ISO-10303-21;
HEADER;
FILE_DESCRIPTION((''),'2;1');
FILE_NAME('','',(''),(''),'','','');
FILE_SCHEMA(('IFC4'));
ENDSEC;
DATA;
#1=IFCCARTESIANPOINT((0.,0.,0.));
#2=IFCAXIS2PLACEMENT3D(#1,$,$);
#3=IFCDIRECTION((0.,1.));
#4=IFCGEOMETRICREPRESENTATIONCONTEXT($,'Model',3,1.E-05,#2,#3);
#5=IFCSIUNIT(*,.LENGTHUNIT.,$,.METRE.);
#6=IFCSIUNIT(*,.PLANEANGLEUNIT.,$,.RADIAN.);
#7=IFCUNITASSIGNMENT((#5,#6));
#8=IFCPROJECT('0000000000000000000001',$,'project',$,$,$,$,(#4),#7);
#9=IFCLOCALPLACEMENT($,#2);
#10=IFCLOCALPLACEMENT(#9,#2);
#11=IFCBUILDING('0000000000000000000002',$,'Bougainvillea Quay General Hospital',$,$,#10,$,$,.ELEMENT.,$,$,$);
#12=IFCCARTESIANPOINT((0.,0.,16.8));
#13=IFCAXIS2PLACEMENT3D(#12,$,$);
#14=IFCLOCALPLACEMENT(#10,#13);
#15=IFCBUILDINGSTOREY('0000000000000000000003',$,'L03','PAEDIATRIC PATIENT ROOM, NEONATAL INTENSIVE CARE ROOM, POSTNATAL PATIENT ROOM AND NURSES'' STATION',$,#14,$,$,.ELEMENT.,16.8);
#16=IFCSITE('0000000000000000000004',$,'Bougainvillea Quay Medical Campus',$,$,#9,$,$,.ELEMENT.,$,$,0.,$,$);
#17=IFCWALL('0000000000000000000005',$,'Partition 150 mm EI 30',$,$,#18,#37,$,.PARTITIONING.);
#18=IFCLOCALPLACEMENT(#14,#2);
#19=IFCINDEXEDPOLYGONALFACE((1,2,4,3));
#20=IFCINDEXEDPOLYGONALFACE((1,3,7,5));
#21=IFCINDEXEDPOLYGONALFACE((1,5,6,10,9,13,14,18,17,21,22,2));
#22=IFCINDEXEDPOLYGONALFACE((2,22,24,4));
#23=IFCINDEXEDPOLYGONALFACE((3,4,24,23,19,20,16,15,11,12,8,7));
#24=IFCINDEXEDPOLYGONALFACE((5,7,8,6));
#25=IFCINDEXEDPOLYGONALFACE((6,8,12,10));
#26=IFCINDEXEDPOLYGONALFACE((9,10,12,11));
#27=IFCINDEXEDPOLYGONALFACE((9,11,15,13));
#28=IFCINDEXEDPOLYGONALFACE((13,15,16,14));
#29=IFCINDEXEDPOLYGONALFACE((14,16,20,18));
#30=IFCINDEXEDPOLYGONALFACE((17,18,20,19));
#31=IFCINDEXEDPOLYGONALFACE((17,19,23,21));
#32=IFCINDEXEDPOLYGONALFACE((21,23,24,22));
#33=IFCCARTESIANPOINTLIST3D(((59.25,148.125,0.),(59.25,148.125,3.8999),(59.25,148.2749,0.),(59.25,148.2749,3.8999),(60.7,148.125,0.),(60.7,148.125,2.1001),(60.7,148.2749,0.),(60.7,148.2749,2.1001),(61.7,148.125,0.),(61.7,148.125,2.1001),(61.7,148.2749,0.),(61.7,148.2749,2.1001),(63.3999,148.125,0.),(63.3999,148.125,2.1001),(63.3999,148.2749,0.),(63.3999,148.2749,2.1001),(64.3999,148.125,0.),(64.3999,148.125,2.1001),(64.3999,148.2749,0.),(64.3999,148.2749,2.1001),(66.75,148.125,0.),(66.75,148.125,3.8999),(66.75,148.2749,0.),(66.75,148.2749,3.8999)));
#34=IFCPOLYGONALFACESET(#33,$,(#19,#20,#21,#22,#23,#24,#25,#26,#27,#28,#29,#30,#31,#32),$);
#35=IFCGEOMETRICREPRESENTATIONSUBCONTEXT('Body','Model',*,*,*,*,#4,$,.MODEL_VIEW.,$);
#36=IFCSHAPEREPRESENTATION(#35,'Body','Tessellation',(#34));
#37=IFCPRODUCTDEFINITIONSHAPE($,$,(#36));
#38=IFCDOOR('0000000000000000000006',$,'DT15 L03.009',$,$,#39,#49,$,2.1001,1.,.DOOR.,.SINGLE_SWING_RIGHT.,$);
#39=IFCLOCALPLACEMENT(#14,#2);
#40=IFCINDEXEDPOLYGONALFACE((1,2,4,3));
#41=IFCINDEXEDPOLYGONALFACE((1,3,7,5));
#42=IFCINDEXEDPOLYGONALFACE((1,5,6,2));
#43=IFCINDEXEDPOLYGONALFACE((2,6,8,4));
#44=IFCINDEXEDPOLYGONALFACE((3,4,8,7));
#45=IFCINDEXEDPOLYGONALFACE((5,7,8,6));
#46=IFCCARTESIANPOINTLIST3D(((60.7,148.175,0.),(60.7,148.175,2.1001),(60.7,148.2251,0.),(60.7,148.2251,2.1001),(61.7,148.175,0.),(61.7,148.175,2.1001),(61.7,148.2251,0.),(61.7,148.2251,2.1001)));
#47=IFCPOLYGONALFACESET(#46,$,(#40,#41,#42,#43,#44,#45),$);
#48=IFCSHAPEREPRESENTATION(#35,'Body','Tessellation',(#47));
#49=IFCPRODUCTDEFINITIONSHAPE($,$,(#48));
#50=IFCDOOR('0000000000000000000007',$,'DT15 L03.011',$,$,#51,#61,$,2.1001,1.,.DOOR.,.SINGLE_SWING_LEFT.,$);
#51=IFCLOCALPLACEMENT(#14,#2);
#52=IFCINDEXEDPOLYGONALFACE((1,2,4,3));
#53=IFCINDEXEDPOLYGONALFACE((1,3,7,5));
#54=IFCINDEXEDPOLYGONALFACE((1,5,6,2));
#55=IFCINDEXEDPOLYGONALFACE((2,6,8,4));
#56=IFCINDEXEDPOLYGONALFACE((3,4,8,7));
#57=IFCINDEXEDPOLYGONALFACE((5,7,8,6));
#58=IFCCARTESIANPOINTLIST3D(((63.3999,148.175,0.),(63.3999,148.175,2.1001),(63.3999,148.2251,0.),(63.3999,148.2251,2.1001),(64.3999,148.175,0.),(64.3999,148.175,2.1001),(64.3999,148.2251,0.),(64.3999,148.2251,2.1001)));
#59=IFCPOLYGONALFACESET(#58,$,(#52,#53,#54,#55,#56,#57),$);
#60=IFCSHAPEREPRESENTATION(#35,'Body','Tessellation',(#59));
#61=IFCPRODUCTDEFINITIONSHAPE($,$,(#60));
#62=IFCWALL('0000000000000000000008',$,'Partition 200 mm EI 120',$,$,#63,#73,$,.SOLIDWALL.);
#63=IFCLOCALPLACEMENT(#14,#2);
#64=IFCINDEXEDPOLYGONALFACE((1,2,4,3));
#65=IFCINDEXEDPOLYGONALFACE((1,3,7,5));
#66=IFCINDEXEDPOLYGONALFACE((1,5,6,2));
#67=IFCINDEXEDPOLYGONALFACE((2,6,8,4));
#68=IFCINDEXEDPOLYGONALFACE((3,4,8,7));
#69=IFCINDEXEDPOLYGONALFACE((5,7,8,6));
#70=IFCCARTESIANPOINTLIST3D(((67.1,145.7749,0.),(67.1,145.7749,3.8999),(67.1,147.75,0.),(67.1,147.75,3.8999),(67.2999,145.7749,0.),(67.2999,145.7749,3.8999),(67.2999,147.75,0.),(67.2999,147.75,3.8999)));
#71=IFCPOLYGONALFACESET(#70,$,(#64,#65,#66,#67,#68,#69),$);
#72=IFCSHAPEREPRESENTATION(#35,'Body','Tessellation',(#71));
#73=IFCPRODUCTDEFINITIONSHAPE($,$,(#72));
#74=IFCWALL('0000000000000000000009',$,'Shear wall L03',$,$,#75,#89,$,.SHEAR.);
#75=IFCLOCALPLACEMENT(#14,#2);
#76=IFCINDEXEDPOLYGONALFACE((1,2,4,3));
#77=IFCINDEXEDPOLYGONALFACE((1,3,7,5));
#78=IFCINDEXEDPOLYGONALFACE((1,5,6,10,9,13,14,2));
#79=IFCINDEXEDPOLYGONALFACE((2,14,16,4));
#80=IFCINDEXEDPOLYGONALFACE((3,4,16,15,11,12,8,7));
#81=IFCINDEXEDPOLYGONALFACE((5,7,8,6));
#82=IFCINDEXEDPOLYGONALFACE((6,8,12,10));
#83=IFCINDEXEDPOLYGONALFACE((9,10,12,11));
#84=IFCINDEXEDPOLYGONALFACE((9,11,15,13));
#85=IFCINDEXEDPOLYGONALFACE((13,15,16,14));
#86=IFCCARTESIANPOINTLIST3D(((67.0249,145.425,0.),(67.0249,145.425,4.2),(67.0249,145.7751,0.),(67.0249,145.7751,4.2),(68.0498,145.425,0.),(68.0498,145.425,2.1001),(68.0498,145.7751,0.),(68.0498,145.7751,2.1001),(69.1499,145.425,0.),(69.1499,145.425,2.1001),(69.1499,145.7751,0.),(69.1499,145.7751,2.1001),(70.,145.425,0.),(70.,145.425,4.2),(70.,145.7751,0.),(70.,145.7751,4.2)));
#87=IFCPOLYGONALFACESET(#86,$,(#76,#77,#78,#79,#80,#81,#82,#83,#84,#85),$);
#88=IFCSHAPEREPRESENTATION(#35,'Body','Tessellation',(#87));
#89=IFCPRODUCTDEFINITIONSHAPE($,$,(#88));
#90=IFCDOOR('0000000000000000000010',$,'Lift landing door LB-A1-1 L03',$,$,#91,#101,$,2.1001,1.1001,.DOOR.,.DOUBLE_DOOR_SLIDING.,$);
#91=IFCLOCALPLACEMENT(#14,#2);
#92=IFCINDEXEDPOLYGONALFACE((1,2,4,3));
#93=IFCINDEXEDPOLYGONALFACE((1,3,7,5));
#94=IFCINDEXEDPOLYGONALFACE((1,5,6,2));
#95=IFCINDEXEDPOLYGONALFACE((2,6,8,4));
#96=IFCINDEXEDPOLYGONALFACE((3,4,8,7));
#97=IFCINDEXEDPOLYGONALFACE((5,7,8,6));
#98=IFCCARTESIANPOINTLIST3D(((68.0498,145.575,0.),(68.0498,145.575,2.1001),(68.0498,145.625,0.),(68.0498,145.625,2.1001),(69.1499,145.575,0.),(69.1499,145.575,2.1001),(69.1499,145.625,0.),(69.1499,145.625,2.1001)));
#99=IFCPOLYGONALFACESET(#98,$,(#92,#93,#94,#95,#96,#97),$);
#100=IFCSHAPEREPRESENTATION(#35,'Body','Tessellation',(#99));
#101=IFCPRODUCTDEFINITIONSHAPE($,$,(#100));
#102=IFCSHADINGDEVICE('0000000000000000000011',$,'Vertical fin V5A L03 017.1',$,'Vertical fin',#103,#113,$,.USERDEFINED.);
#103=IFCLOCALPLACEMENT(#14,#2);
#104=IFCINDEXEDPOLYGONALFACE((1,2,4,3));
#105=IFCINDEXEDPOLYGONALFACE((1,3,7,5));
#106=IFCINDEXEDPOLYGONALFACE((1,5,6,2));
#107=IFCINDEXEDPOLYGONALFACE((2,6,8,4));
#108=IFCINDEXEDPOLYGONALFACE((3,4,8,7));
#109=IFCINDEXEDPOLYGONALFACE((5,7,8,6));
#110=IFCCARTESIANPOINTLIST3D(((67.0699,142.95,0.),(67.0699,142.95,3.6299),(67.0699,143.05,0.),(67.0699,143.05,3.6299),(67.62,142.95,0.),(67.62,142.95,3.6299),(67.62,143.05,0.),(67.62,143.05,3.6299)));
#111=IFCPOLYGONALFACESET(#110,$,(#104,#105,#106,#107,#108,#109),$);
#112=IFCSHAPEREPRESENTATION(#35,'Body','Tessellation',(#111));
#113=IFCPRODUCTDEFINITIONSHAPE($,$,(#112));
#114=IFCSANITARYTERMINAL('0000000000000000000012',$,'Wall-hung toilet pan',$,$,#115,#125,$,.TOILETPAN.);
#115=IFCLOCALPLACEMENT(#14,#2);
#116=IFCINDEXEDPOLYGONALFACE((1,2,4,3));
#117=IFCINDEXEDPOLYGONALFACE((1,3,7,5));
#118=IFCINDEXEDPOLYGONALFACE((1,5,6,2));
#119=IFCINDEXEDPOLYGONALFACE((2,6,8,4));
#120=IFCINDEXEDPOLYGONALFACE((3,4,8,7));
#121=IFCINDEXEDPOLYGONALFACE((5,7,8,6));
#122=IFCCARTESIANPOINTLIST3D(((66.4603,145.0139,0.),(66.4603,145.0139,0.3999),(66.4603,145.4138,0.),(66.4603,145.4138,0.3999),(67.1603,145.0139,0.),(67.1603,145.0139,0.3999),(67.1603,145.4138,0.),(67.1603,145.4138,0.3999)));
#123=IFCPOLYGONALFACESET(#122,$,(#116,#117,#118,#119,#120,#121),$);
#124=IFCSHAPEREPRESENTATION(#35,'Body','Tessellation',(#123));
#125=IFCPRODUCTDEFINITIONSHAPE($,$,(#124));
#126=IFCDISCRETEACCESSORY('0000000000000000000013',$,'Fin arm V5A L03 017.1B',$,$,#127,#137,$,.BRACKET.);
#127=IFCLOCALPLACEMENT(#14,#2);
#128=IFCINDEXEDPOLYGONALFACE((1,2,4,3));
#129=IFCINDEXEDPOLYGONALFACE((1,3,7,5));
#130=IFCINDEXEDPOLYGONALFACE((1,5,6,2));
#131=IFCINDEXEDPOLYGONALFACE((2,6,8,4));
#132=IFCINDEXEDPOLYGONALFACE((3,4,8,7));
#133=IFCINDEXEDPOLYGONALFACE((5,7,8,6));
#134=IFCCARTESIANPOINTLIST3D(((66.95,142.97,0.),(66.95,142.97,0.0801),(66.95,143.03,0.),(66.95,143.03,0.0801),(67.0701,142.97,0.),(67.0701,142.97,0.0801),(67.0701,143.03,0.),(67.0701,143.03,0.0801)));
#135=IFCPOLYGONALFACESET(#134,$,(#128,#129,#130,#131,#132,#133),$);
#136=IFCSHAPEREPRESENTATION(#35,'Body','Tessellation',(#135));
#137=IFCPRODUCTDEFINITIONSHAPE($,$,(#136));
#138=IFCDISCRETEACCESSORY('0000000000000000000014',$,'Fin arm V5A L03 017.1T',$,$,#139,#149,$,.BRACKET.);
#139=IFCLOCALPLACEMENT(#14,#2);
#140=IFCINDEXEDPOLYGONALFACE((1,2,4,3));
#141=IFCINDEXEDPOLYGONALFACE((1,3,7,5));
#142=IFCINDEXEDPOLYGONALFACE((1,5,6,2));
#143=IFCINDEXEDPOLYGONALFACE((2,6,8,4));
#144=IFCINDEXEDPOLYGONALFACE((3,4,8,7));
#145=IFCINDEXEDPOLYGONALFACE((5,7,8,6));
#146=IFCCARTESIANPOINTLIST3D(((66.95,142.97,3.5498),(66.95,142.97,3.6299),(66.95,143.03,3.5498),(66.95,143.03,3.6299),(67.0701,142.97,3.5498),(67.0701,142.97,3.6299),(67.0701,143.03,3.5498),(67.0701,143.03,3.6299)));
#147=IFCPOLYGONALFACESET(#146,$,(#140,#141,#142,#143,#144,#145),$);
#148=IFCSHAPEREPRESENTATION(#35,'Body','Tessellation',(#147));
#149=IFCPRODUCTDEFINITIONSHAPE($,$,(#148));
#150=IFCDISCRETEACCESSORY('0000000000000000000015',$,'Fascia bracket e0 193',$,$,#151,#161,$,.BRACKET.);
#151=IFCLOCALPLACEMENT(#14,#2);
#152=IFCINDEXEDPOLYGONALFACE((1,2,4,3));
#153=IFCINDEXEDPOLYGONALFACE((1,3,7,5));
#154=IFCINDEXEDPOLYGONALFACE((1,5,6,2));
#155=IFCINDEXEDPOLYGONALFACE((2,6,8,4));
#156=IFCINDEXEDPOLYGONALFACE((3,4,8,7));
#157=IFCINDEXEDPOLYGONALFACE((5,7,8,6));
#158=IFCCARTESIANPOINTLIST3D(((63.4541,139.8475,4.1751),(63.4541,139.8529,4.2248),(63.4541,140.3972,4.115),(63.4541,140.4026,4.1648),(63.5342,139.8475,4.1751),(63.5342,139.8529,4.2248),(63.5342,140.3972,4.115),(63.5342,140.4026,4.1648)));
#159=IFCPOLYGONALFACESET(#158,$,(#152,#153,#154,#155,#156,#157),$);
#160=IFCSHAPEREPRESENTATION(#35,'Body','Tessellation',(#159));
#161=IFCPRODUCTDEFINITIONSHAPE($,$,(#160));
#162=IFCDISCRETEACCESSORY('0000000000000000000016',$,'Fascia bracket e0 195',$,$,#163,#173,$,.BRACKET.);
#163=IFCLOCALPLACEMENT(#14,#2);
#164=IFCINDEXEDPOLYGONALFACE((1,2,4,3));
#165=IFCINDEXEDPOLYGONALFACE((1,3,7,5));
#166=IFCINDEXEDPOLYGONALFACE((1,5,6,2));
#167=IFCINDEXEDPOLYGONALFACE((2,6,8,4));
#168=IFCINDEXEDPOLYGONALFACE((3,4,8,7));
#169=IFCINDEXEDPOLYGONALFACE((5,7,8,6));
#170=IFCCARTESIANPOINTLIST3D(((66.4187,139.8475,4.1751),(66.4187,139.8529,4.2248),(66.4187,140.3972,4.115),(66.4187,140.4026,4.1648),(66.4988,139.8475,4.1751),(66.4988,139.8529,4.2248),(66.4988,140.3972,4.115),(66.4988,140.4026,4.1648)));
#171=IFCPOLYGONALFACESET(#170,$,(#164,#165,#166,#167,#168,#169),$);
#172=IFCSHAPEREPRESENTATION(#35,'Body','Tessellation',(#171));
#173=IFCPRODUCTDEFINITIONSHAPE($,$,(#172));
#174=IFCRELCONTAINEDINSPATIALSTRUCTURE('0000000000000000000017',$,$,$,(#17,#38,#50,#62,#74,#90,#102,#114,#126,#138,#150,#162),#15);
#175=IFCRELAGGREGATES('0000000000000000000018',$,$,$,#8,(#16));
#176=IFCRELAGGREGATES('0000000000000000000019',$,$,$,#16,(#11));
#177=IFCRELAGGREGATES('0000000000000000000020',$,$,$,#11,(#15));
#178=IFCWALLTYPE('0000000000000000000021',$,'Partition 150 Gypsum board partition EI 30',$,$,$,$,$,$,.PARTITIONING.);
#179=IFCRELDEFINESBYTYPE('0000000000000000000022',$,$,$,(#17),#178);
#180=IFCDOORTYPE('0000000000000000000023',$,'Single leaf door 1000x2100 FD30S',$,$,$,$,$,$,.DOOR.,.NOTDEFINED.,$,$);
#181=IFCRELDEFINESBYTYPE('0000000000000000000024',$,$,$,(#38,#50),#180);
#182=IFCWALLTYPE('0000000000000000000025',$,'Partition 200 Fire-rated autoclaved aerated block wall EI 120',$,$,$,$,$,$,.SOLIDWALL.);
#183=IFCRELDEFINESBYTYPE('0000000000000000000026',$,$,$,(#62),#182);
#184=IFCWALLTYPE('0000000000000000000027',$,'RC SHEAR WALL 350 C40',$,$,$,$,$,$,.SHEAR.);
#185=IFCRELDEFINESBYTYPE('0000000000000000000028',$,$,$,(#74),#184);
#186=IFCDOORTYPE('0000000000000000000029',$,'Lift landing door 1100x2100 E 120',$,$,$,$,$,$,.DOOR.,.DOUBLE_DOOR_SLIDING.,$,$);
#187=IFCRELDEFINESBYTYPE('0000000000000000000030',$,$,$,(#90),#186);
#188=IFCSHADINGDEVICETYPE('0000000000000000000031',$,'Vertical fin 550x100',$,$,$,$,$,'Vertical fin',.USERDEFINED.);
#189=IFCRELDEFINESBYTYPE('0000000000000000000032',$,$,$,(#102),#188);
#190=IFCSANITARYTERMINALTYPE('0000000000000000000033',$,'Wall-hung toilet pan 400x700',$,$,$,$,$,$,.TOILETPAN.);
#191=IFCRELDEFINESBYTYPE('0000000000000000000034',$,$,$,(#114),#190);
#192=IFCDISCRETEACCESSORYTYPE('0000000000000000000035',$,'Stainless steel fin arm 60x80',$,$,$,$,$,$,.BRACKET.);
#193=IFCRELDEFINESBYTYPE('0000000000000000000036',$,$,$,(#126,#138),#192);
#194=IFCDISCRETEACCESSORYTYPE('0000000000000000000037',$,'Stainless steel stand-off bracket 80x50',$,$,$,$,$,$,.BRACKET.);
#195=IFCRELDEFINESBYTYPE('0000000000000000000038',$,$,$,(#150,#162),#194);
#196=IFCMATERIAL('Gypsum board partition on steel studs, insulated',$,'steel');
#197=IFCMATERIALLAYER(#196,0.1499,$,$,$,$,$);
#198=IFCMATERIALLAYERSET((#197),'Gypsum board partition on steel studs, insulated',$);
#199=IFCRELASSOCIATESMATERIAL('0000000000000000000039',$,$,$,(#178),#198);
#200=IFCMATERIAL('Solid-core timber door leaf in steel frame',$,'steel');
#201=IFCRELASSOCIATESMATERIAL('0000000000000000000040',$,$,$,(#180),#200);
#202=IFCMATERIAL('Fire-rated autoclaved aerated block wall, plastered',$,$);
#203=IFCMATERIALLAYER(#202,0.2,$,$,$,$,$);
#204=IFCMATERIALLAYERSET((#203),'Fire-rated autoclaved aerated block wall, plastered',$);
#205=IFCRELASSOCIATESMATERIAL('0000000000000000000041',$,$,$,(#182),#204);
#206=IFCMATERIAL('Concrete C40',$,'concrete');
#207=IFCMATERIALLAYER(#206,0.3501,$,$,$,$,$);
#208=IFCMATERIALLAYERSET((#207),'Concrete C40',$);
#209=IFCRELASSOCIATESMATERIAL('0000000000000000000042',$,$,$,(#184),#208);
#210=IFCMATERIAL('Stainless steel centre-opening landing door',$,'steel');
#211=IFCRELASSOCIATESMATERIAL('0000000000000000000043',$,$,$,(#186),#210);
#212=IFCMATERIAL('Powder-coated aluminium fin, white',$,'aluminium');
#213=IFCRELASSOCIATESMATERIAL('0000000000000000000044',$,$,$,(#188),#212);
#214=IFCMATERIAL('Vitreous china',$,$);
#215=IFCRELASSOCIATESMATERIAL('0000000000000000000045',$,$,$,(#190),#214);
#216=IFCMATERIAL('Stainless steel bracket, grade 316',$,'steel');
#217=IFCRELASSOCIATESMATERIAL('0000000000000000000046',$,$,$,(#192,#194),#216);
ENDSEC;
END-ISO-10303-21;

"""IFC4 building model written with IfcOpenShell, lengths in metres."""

from ifc_helpers import new_model, si_unit, direction, frame, frame_2d, origin, origin_2d, place, context, subcontext, project, spatial, rectangle, extrude, material, layer, layer_set, material_profile, profile_set, type_object, element, fill, save


model = new_model("IFC4")

# Units and contexts
model_context = context("Model", 3, precision=1e-05, world=origin(), true_north=direction((0.0, 1.0)))
body_context = subcontext(model_context, "Body", "Model", "MODEL_VIEW")
ifc_project = project(units=[si_unit("LENGTHUNIT", "METRE"), si_unit("PLANEANGLEUNIT", "RADIAN")], contexts=[model_context])

# Site, building, storey
site_placement = place(None, origin())
site = spatial("IfcSite", under=ifc_project, at=site_placement, Name="Bougainvillea Quay Medical Campus", CompositionType="ELEMENT", RefElevation=0.0)
building_placement = place(site_placement, origin())
building = spatial("IfcBuilding", under=site, at=building_placement, Name="Bougainvillea Quay General Hospital", CompositionType="ELEMENT")
storey_placement = place(building_placement, frame((0.0, 0.0, 16.8)))
storey = spatial("IfcBuildingStorey", under=building, at=storey_placement, Name="L03", Description="PAEDIATRIC PATIENT ROOM, NEONATAL INTENSIVE CARE ROOM, POSTNATAL PATIENT ROOM AND NURSES' STATION", CompositionType="ELEMENT", Elevation=16.8)

# Shared definitions
ifc_material_1 = material(Name="Concrete C40", Category="concrete")

# Shared definitions
ifc_material_2 = material(Name="Gypsum board partition on steel studs, insulated", Category="steel")
ifc_material_3 = material(Name="Solid-core timber door leaf in steel frame", Category="steel")

# Wall, openings, doors
ifc_layer_1 = layer(ifc_material_2, 0.1499)
ifc_layer_set_1 = layer_set([ifc_layer_1], Name="Gypsum board partition on steel studs, insulated")
wall_type_1 = type_object("IfcWallType", Name="Partition 150 Gypsum board partition EI 30", PredefinedType="PARTITIONING", material=ifc_layer_set_1)
wall_1_placement = place(storey_placement, frame((66.75, 148.2, 0.0), z_axis=(0.0, 0.0, 1.0), x_axis=(-1.0, 0.0, 0.0)))
wall_1 = element("IfcWall", 1, at=wall_1_placement, inside=storey, type_object=wall_type_1, Name="Partition 150 mm EI 30", PredefinedType="PARTITIONING", context=body_context, shape_type="SweptSolid", body=[
    extrude(rectangle(XDim=7.5, YDim=0.1499, at=frame_2d((3.75, 0.0))), origin(), (0.0, 0.0, 1.0), 3.8999),
])
opening_1_placement = place(wall_1_placement, frame((5.05, 0.0, 0.0)))
opening_1 = element("IfcOpeningElement", 2, at=opening_1_placement, cuts=wall_1, PredefinedType="OPENING", context=body_context, shape_type="SweptSolid", body=[
    extrude(rectangle(XDim=1.0, YDim=2.1001, at=frame_2d((0.5, 1.05))), frame((0.0, 0.085, 0.0), z_axis=(0.0, -1.0, 0.0), x_axis=(1.0, 0.0, 0.0)), (0.0, 0.0, 1.0), 0.1699),
])
opening_2_placement = place(wall_1_placement, frame((2.3501, 0.0, 0.0)))
opening_2 = element("IfcOpeningElement", 3, at=opening_2_placement, cuts=wall_1, PredefinedType="OPENING", context=body_context, shape_type="SweptSolid", body=[
    extrude(rectangle(XDim=1.0, YDim=2.1001, at=frame_2d((0.5, 1.05))), frame((0.0, 0.085, 0.0), z_axis=(0.0, -1.0, 0.0), x_axis=(1.0, 0.0, 0.0)), (0.0, 0.0, 1.0), 0.1699),
])
door_type_1 = type_object("IfcDoorType", Name="Single leaf door 1000x2100 FD30S", OperationType="NOTDEFINED", PredefinedType="DOOR", material=ifc_material_3)
door_1_placement = place(opening_1_placement, origin())
door_1 = element("IfcDoor", 4, at=door_1_placement, inside=storey, type_object=door_type_1, Name="DT15 L03.009", OperationType="SINGLE_SWING_RIGHT", OverallHeight=2.1001, OverallWidth=1.0, PredefinedType="DOOR", context=body_context, shape_type="SweptSolid", body=[
    extrude(rectangle(XDim=1.0, YDim=2.1001, at=frame_2d((0.5, 1.05))), frame((0.0, 0.0249, 0.0), z_axis=(0.0, -1.0, 0.0), x_axis=(1.0, 0.0, 0.0)), (0.0, 0.0, 1.0), 0.05),
])
fill(opening_1, door_1)
door_2_placement = place(opening_2_placement, origin())
door_2 = element("IfcDoor", 5, at=door_2_placement, inside=storey, type_object=door_type_1, Name="DT15 L03.011", OperationType="SINGLE_SWING_LEFT", OverallHeight=2.1001, OverallWidth=1.0, PredefinedType="DOOR", context=body_context, shape_type="SweptSolid", body=[
    extrude(rectangle(XDim=1.0, YDim=2.1001, at=frame_2d((0.5, 1.05))), frame((0.0, 0.0249, 0.0), z_axis=(0.0, -1.0, 0.0), x_axis=(1.0, 0.0, 0.0)), (0.0, 0.0, 1.0), 0.05),
])
fill(opening_2, door_2)

# Wall
ifc_material_4 = material(Name="Fire-rated autoclaved aerated block wall, plastered")
ifc_layer_2 = layer(ifc_material_4, 0.2)
ifc_layer_set_2 = layer_set([ifc_layer_2], Name="Fire-rated autoclaved aerated block wall, plastered")
wall_type_2 = type_object("IfcWallType", Name="Partition 200 Fire-rated autoclaved aerated block wall EI 120", PredefinedType="SOLIDWALL", material=ifc_layer_set_2)
wall_2_placement = place(storey_placement, frame((67.2, 145.7749, 0.0), z_axis=(0.0, 0.0, 1.0), x_axis=(0.0, 1.0, 0.0)))
element("IfcWall", 6, at=wall_2_placement, inside=storey, type_object=wall_type_2, Name="Partition 200 mm EI 120", PredefinedType="SOLIDWALL", context=body_context, shape_type="SweptSolid", body=[
    extrude(rectangle(XDim=1.9751, YDim=0.2, at=frame_2d((0.9875, 0.0))), origin(), (0.0, 0.0, 1.0), 3.8999),
])

# Wall, opening, door
ifc_layer_3 = layer(ifc_material_1, 0.3501)
ifc_layer_set_3 = layer_set([ifc_layer_3], Name="Concrete C40")
wall_type_3 = type_object("IfcWallType", Name="RC SHEAR WALL 350 C40", PredefinedType="SHEAR", material=ifc_layer_set_3)
wall_3_placement = place(storey_placement, frame((67.0249, 145.6001, 0.0), z_axis=(0.0, 0.0, 1.0), x_axis=(1.0, 0.0, 0.0)))
wall_3 = element("IfcWall", 7, at=wall_3_placement, inside=storey, type_object=wall_type_3, Name="Shear wall L03", PredefinedType="SHEAR", context=body_context, shape_type="SweptSolid", body=[
    extrude(rectangle(XDim=2.9751, YDim=0.3501, at=frame_2d((1.4875, 0.0))), origin(), (0.0, 0.0, 1.0), 4.2),
])
opening_3_placement = place(wall_3_placement, frame((1.0249, 0.0, 0.0)))
opening_3 = element("IfcOpeningElement", 8, at=opening_3_placement, cuts=wall_3, PredefinedType="OPENING", context=body_context, shape_type="SweptSolid", body=[
    extrude(rectangle(XDim=1.1001, YDim=2.1001, at=frame_2d((0.55, 1.05))), frame((0.0, 0.1851, 0.0), z_axis=(0.0, -1.0, 0.0), x_axis=(1.0, 0.0, 0.0)), (0.0, 0.0, 1.0), 0.3701),
])
ifc_material_5 = material(Name="Stainless steel centre-opening landing door", Category="steel")
door_type_2 = type_object("IfcDoorType", Name="Lift landing door 1100x2100 E 120", OperationType="DOUBLE_DOOR_SLIDING", PredefinedType="DOOR", material=ifc_material_5)
door_3_placement = place(opening_3_placement, origin())
door_3 = element("IfcDoor", 9, at=door_3_placement, inside=storey, type_object=door_type_2, Name="Lift landing door LB-A1-1 L03", OperationType="DOUBLE_DOOR_SLIDING", OverallHeight=2.1001, OverallWidth=1.1001, PredefinedType="DOOR", context=body_context, shape_type="SweptSolid", body=[
    extrude(rectangle(XDim=1.1001, YDim=2.1001, at=frame_2d((0.55, 1.05))), frame((0.0, 0.0249, 0.0), z_axis=(0.0, -1.0, 0.0), x_axis=(1.0, 0.0, 0.0)), (0.0, 0.0, 1.0), 0.05),
])
fill(opening_3, door_3)

# Shading device
ifc_material_6 = material(Name="Powder-coated aluminium fin, white", Category="aluminium")
ifc_material_profile_1 = material_profile(ifc_material_6, rectangle(XDim=0.55, YDim=0.1001, at=origin_2d()))
ifc_profile_set_1 = profile_set([ifc_material_profile_1], Name="Powder-coated aluminium fin, white")
shading_device_type = type_object("IfcShadingDeviceType", Name="Vertical fin 550x100", ElementType="Vertical fin", PredefinedType="USERDEFINED", material=ifc_profile_set_1)
shading_device_placement = place(storey_placement, frame((67.345, 143.0, 0.0), z_axis=(0.0, 0.0, 1.0), x_axis=(1.0, 0.0, 0.0)))
element("IfcShadingDevice", 10, at=shading_device_placement, inside=storey, type_object=shading_device_type, Name="Vertical fin V5A L03 017.1", ObjectType="Vertical fin", PredefinedType="USERDEFINED", context=body_context, shape_type="SweptSolid", body=[
    extrude(rectangle(XDim=0.55, YDim=0.1001, at=origin_2d()), origin(), (0.0, 0.0, 1.0), 3.6299),
])

# Sanitary terminal
ifc_material_7 = material(Name="Vitreous china")
sanitary_terminal_type = type_object("IfcSanitaryTerminalType", Name="Wall-hung toilet pan 400x700", PredefinedType="TOILETPAN", material=ifc_material_7)
sanitary_terminal_placement = place(storey_placement, frame((66.8103, 145.2139, 0.0), z_axis=(0.0, 0.0, 1.0), x_axis=(0.0, -1.0, 0.0)))
element("IfcSanitaryTerminal", 11, at=sanitary_terminal_placement, inside=storey, type_object=sanitary_terminal_type, Name="Wall-hung toilet pan", PredefinedType="TOILETPAN", context=body_context, shape_type="SweptSolid", body=[
    extrude(rectangle(XDim=0.3999, YDim=0.7, at=origin_2d()), origin(), (0.0, 0.0, 1.0), 0.3999),
])

# Discrete accessories
ifc_material_8 = material(Name="Stainless steel bracket, grade 316", Category="steel")
discrete_accessory_type_1 = type_object("IfcDiscreteAccessoryType", Name="Stainless steel fin arm 60x80", PredefinedType="BRACKET", material=ifc_material_8)
for number, where, z_axis, x_axis, name in (
    (12, (67.01, 143.0, 0.0), (0.0, 0.0, 1.0), (1.0, 0.0, 0.0), "Fin arm V5A L03 017.1B"),
    (13, (67.01, 143.0, 3.5498), (0.0, 0.0, 1.0), (1.0, 0.0, 0.0), "Fin arm V5A L03 017.1T"),
):
    element("IfcDiscreteAccessory", number, at=place(storey_placement, frame(where, z_axis=z_axis, x_axis=x_axis)), inside=storey, type_object=discrete_accessory_type_1, Name=name, PredefinedType="BRACKET", context=body_context, shape_type="SweptSolid", body=[
        extrude(rectangle(XDim=0.1201, YDim=0.0601, at=origin_2d()), origin(), (0.0, 0.0, 1.0), 0.0801),
    ])
ifc_material_profile_2 = material_profile(ifc_material_8, rectangle(XDim=0.0801, YDim=0.05, at=origin_2d()))
ifc_profile_set_2 = profile_set([ifc_material_profile_2], Name="Stainless steel bracket, grade 316")
discrete_accessory_type_2 = type_object("IfcDiscreteAccessoryType", Name="Stainless steel stand-off bracket 80x50", PredefinedType="BRACKET", material=ifc_profile_set_2)
for number, where, z_axis, x_axis, name in (
    (14, (63.4941, 140.3999, 4.1399), (0.0, -0.994087, 0.10859), (1.0, 0.0, 0.0), "Fascia bracket e0 193"),
    (15, (66.4587, 140.3999, 4.1399), (0.0, -0.994087, 0.10859), (1.0, 0.0, 0.0), "Fascia bracket e0 195"),
):
    element("IfcDiscreteAccessory", number, at=place(storey_placement, frame(where, z_axis=z_axis, x_axis=x_axis)), inside=storey, type_object=discrete_accessory_type_2, Name=name, PredefinedType="BRACKET", context=body_context, shape_type="SweptSolid", body=[
        extrude(rectangle(XDim=0.0801, YDim=0.05, at=origin_2d()), origin(), (0.0, 0.0, 1.0), 0.553),
    ])

save(model, "model.ifc")
